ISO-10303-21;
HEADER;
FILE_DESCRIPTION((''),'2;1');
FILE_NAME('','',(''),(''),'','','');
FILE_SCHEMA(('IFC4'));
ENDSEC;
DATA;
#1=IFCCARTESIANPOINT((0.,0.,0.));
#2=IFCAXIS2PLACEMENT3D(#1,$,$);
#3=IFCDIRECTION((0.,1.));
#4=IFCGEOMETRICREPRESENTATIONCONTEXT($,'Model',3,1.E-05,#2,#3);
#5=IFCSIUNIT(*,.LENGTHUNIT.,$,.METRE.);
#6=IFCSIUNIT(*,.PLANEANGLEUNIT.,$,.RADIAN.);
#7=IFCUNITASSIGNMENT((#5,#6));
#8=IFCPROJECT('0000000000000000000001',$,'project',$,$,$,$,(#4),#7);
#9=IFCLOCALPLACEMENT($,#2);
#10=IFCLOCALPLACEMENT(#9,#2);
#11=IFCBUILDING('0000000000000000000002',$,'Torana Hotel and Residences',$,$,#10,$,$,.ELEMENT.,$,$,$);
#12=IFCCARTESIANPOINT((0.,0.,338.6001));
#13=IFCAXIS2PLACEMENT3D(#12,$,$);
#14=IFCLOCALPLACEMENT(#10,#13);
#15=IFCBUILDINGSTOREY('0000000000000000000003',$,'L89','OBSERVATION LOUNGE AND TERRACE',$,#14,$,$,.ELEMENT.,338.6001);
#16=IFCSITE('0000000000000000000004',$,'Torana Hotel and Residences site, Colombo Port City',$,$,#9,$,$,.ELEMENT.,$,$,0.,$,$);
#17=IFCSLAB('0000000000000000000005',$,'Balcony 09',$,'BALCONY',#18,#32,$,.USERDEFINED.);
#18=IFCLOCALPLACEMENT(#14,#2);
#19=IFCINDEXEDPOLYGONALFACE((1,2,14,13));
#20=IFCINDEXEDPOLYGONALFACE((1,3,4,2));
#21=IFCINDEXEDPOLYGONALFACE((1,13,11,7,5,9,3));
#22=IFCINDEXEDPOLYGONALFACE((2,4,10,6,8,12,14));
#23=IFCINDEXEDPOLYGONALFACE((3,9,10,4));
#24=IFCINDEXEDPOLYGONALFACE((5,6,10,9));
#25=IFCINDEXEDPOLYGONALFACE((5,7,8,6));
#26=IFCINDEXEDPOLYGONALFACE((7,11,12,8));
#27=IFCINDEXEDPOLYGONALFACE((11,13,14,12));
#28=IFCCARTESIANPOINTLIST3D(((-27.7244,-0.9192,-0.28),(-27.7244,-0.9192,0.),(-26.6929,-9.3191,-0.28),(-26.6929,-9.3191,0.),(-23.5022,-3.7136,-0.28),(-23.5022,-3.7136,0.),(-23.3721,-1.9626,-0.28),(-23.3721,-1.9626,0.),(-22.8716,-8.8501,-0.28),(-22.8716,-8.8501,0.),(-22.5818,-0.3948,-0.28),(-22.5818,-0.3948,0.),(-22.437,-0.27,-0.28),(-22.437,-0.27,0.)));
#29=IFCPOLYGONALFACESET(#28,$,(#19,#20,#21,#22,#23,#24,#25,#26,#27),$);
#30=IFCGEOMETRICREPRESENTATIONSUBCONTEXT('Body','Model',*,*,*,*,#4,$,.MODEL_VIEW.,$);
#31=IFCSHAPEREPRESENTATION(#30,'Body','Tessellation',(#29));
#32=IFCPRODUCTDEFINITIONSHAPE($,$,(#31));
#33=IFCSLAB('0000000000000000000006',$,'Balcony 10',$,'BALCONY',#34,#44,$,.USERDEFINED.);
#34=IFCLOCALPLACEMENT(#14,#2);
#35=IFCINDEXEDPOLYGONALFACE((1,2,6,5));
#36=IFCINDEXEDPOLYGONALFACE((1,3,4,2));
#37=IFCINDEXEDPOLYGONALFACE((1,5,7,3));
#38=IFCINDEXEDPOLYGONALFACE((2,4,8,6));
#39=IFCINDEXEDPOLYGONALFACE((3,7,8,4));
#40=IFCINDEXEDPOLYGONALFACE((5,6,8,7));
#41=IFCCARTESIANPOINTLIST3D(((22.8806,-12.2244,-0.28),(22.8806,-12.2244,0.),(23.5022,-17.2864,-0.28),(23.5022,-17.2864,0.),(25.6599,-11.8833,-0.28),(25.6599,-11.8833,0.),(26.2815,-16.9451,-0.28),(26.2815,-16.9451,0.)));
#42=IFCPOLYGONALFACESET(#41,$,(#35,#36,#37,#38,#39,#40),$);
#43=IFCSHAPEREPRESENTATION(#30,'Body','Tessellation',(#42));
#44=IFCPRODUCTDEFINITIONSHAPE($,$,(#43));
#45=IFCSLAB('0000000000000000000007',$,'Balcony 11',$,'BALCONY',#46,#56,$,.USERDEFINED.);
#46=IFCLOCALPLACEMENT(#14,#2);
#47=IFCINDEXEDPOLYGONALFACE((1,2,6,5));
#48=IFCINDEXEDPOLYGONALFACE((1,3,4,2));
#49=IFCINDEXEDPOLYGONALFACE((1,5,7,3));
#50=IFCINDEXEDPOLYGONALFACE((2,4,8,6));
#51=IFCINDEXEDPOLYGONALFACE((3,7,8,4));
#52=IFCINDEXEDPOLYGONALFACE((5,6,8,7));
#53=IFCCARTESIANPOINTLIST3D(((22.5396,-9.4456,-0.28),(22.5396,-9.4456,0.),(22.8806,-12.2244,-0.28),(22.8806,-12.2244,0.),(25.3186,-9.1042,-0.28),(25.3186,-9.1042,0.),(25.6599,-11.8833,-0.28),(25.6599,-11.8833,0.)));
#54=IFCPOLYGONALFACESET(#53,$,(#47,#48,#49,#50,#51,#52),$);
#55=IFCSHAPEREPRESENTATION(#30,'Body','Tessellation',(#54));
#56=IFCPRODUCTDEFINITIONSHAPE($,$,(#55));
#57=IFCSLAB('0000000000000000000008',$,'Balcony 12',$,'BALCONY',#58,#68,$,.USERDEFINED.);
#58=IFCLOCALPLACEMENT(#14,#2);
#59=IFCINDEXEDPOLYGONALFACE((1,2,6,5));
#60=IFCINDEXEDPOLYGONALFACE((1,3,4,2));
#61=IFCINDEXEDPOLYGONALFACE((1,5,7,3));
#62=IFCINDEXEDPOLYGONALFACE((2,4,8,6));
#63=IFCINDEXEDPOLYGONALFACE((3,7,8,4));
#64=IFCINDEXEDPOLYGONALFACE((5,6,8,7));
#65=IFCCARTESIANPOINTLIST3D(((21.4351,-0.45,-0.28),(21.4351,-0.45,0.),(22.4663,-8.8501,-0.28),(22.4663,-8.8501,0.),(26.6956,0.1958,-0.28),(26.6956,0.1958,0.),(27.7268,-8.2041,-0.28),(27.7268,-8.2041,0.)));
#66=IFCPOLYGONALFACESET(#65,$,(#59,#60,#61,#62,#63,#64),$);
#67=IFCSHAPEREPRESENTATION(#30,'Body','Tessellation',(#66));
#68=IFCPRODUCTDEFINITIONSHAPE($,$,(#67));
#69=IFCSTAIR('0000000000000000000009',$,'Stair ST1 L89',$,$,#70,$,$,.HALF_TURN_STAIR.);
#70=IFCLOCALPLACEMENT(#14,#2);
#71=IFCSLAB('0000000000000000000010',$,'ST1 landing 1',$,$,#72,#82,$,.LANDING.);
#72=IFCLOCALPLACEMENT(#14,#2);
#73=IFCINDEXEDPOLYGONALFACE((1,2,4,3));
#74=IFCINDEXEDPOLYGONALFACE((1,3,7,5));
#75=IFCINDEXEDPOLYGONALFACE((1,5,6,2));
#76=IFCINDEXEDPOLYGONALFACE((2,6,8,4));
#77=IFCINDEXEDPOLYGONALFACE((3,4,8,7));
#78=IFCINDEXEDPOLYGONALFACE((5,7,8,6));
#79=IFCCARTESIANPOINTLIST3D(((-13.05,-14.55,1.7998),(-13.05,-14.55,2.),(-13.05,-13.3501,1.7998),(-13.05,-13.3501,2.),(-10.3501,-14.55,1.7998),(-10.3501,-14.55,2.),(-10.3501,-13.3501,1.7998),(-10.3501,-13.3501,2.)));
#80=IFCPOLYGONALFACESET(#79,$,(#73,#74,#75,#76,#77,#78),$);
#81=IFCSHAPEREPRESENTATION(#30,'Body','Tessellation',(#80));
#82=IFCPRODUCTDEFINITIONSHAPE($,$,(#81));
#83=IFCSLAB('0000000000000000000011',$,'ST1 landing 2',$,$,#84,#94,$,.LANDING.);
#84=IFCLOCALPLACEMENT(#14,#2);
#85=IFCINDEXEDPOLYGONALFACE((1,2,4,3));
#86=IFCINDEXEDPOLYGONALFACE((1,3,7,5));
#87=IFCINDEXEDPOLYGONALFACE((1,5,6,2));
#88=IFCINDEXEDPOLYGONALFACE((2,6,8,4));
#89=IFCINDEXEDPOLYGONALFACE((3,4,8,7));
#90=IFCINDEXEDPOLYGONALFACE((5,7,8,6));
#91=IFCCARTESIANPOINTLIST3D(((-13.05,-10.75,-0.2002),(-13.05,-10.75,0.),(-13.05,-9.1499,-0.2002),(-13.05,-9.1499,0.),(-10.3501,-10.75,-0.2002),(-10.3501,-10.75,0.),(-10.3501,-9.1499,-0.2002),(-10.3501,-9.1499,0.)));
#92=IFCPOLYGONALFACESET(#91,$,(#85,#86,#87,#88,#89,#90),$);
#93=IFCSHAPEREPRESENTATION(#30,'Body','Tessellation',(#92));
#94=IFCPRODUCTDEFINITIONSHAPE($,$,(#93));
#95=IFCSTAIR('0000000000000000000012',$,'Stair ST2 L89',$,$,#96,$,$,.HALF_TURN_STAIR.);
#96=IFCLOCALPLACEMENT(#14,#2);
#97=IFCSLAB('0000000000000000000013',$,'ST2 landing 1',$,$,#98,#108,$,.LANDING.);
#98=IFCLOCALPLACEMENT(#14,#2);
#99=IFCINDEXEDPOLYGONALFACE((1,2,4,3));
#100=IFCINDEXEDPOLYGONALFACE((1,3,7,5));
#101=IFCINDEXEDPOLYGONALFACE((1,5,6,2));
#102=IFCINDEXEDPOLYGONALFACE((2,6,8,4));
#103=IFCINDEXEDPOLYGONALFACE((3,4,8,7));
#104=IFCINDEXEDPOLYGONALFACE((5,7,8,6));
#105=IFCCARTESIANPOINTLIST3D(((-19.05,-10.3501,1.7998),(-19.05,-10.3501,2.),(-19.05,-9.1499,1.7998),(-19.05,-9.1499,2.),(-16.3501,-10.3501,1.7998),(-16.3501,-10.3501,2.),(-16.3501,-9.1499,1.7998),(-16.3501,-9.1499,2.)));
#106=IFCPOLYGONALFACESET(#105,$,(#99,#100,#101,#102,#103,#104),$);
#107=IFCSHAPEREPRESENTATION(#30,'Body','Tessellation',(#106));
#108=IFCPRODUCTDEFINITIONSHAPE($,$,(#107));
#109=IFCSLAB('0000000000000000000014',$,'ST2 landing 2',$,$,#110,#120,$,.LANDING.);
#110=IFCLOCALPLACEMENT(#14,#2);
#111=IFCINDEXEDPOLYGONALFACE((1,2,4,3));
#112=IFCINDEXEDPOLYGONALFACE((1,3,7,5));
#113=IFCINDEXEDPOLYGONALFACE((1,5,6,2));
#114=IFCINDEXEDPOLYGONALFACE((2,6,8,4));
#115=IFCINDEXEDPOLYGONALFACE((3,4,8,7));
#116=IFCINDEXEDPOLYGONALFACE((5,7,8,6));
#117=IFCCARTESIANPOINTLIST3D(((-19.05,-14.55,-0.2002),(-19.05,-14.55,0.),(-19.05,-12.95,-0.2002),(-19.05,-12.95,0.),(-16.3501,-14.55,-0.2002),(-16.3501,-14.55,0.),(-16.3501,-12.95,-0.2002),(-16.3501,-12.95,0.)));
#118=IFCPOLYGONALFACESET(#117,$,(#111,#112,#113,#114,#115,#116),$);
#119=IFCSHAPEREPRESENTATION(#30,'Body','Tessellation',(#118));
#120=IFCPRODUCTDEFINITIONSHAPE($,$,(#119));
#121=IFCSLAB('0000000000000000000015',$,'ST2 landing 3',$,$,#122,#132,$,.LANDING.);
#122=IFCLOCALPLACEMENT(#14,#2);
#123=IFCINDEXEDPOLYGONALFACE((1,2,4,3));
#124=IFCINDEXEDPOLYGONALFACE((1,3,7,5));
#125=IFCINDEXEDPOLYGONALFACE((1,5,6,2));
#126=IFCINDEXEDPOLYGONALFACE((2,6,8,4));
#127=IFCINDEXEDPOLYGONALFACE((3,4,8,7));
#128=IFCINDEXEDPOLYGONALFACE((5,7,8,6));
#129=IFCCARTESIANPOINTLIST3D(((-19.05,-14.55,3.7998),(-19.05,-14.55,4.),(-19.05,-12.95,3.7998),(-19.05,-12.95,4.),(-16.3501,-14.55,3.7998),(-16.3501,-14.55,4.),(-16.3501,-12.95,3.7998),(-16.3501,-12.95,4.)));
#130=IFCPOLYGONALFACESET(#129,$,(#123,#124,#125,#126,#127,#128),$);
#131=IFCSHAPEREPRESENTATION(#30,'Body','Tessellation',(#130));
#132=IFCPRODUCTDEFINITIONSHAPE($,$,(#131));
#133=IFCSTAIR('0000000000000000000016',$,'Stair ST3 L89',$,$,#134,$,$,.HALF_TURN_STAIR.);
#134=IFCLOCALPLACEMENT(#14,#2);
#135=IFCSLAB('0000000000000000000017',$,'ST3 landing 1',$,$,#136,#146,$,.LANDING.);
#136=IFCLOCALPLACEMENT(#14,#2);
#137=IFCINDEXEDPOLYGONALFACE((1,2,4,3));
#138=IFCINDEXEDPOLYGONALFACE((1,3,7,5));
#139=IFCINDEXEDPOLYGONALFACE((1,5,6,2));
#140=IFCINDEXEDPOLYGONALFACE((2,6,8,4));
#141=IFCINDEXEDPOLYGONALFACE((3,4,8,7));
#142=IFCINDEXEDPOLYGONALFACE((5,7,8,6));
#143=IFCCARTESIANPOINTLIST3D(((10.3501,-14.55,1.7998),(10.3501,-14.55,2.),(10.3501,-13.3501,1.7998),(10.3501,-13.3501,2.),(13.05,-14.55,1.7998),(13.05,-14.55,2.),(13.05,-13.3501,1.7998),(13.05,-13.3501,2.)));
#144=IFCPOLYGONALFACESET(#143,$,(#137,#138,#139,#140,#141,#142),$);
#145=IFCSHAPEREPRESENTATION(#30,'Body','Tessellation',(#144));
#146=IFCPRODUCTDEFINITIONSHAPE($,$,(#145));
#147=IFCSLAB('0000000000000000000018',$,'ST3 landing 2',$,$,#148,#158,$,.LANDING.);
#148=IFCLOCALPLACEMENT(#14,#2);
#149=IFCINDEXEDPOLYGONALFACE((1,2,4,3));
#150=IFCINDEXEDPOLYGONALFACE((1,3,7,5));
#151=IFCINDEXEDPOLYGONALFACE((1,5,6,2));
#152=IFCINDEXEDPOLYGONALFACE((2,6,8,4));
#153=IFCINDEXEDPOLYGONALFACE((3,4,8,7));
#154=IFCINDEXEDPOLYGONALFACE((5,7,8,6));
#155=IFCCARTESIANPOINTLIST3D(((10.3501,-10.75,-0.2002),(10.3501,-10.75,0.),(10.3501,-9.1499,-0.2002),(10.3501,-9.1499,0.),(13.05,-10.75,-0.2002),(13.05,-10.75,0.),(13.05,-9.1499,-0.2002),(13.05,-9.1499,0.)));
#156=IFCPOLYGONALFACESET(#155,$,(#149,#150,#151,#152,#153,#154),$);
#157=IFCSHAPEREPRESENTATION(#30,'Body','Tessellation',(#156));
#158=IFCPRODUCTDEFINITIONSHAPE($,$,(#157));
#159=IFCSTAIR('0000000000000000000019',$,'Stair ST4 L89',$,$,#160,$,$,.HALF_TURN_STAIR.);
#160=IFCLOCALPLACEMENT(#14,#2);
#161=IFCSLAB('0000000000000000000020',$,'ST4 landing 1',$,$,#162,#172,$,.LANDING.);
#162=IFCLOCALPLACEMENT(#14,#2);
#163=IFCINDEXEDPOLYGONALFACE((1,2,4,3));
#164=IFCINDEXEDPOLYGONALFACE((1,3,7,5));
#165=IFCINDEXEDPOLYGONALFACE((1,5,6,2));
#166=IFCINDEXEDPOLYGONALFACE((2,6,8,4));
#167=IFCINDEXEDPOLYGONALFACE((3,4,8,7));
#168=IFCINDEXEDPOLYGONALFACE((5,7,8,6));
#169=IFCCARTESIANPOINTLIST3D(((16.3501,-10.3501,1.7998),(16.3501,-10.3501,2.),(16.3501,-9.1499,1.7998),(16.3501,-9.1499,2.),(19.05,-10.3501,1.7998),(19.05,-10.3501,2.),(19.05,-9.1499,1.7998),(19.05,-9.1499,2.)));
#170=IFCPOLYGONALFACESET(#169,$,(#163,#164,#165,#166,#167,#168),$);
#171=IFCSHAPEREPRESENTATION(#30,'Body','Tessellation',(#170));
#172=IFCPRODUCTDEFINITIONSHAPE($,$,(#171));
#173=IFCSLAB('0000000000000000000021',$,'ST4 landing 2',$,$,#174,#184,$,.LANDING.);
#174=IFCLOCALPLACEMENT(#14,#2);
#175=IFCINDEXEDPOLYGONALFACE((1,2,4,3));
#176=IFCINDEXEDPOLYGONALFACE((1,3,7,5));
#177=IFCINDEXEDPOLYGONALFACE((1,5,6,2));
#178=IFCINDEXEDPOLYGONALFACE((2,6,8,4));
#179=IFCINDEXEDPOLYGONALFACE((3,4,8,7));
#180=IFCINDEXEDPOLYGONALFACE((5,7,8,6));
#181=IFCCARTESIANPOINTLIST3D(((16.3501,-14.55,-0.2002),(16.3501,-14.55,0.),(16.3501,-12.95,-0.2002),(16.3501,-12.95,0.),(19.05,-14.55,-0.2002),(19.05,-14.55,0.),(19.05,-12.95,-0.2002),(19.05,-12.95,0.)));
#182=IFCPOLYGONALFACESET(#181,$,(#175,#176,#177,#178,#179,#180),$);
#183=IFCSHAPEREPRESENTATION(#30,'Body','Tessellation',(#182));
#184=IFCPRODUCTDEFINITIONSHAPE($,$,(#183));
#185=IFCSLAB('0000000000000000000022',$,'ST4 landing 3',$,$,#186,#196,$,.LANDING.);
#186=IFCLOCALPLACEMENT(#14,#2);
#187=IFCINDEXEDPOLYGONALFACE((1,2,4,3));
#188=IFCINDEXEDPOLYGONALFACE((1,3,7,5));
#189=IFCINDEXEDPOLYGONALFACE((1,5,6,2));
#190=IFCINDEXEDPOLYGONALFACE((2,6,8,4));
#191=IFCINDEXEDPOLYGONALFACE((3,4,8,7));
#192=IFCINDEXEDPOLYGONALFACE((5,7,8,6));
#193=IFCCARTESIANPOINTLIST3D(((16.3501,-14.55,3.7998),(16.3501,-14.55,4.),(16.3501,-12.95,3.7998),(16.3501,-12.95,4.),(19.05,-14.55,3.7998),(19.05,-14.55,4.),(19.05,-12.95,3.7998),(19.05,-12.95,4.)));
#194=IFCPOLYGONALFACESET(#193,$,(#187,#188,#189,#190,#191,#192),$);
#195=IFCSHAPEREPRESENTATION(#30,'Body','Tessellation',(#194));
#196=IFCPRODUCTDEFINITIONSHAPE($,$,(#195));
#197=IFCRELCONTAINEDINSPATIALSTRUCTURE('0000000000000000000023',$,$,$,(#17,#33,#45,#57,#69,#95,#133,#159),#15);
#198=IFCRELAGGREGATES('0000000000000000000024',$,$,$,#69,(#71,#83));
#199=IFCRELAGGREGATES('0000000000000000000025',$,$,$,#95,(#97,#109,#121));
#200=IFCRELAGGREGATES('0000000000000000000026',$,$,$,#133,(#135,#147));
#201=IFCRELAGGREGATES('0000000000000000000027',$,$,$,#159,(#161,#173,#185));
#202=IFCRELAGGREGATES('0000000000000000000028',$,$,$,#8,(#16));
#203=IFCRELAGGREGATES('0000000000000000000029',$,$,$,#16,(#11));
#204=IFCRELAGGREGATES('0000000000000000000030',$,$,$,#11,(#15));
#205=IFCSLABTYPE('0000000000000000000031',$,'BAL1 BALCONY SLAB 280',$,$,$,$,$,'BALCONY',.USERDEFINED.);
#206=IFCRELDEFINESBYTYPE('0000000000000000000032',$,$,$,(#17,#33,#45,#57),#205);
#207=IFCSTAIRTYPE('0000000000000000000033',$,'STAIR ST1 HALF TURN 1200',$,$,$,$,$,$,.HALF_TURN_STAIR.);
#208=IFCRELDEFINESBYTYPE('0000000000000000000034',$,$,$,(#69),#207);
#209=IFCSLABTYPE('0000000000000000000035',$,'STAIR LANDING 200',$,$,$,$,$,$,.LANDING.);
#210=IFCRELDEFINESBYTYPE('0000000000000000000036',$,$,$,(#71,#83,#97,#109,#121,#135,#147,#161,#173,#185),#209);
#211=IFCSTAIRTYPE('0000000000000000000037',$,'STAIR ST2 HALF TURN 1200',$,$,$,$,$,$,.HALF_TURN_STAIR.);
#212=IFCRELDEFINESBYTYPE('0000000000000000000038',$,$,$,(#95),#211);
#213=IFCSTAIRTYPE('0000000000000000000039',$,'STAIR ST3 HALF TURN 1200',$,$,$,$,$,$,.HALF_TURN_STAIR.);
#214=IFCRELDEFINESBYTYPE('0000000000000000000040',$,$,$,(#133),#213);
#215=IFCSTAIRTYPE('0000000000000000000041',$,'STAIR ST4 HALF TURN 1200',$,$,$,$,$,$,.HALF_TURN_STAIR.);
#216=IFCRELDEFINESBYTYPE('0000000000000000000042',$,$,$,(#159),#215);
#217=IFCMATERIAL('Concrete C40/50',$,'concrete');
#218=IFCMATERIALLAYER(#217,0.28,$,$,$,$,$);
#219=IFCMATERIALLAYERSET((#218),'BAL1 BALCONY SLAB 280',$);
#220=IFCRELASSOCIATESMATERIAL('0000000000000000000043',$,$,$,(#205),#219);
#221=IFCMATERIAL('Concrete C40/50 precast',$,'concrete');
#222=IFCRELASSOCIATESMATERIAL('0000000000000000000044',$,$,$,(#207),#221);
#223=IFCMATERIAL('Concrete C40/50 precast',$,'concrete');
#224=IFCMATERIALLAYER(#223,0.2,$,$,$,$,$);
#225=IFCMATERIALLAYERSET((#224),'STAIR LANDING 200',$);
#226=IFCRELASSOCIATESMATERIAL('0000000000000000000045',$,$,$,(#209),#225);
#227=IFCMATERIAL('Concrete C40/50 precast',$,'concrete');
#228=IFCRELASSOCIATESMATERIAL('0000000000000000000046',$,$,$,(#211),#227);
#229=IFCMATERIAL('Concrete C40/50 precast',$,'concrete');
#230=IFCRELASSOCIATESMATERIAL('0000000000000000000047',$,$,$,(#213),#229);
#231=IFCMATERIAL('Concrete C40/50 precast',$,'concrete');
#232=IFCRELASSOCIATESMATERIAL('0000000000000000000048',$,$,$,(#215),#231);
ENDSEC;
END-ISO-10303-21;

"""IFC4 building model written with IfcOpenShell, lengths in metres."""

from ifc_helpers import new_model, si_unit, direction, frame, origin, place, context, subcontext, project, spatial, polyline, outline, extrude, material, layer, layer_set, type_object, element, aggregate, save


model = new_model("IFC4")

# Units and contexts
model_context = context("Model", 3, precision=1e-05, world=origin(), true_north=direction((0.0, 1.0)))
body_context = subcontext(model_context, "Body", "Model", "MODEL_VIEW")
ifc_project = project(units=[si_unit("LENGTHUNIT", "METRE"), si_unit("PLANEANGLEUNIT", "RADIAN")], contexts=[model_context])

# Site, building, storey
site_placement = place(None, origin())
site = spatial("IfcSite", under=ifc_project, at=site_placement, Name="Torana Hotel and Residences site, Colombo Port City", CompositionType="ELEMENT", RefElevation=0.0)
building_placement = place(site_placement, origin())
building = spatial("IfcBuilding", under=site, at=building_placement, Name="Torana Hotel and Residences", CompositionType="ELEMENT")
storey_placement = place(building_placement, frame((0.0, 0.0, 338.6001)))
storey = spatial("IfcBuildingStorey", under=building, at=storey_placement, Name="L89", Description="OBSERVATION LOUNGE AND TERRACE", CompositionType="ELEMENT", Elevation=338.6001)

# Slabs
ifc_material_1 = material(Name="Concrete C40/50", Category="concrete")
ifc_layer_1 = layer(ifc_material_1, 0.28)
ifc_layer_set_1 = layer_set([ifc_layer_1], Name="BAL1 BALCONY SLAB 280")
slab_type_1 = type_object("IfcSlabType", Name="BAL1 BALCONY SLAB 280", ElementType="BALCONY", PredefinedType="USERDEFINED", material=ifc_layer_set_1)
slab_1_placement = place(storey_placement, frame((0.0, 0.0, -0.28)))
element("IfcSlab", 1, at=slab_1_placement, inside=storey, type_object=slab_type_1, Name="Balcony 09", ObjectType="BALCONY", PredefinedType="USERDEFINED", context=body_context, shape_type="SweptSolid", body=[
    extrude(outline(polyline([(-26.6929, -9.3191), (-22.8716, -8.8501), (-23.5022, -3.7136), (-23.3721, -1.9626), (-22.5818, -0.3948), (-22.437, -0.27), (-27.7244, -0.9192), (-26.6929, -9.3191)])), origin(), (0.0, 0.0, 1.0), 0.28),
])
slab_2_placement = place(storey_placement, frame((0.0, 0.0, -0.28)))
element("IfcSlab", 2, at=slab_2_placement, inside=storey, type_object=slab_type_1, Name="Balcony 10", ObjectType="BALCONY", PredefinedType="USERDEFINED", context=body_context, shape_type="SweptSolid", body=[
    extrude(outline(polyline([(23.5022, -17.2864), (26.2815, -16.9451), (25.6599, -11.8833), (22.8806, -12.2244), (23.5022, -17.2864)])), origin(), (0.0, 0.0, 1.0), 0.28),
])
slab_3_placement = place(storey_placement, frame((0.0, 0.0, -0.28)))
element("IfcSlab", 3, at=slab_3_placement, inside=storey, type_object=slab_type_1, Name="Balcony 11", ObjectType="BALCONY", PredefinedType="USERDEFINED", context=body_context, shape_type="SweptSolid", body=[
    extrude(outline(polyline([(22.8806, -12.2244), (25.6599, -11.8833), (25.3186, -9.1042), (22.5396, -9.4456), (22.8806, -12.2244)])), origin(), (0.0, 0.0, 1.0), 0.28),
])
slab_4_placement = place(storey_placement, frame((0.0, 0.0, -0.28)))
element("IfcSlab", 4, at=slab_4_placement, inside=storey, type_object=slab_type_1, Name="Balcony 12", ObjectType="BALCONY", PredefinedType="USERDEFINED", context=body_context, shape_type="SweptSolid", body=[
    extrude(outline(polyline([(22.4663, -8.8501), (27.7268, -8.2041), (26.6956, 0.1958), (21.4351, -0.45), (22.4663, -8.8501)])), origin(), (0.0, 0.0, 1.0), 0.28),
])

# Stairs, slabs
ifc_material_2 = material(Name="Concrete C40/50 precast", Category="concrete")
stair_type_1 = type_object("IfcStairType", Name="STAIR ST1 HALF TURN 1200", PredefinedType="HALF_TURN_STAIR", material=ifc_material_2)
stair_1_placement = place(storey_placement, origin())
stair_1 = element("IfcStair", 5, at=stair_1_placement, inside=storey, type_object=stair_type_1, Name="Stair ST1 L89", PredefinedType="HALF_TURN_STAIR")
ifc_material_3 = material(Name="Concrete C40/50 precast", Category="concrete")
ifc_layer_2 = layer(ifc_material_3, 0.2)
ifc_layer_set_2 = layer_set([ifc_layer_2], Name="STAIR LANDING 200")
slab_type_2 = type_object("IfcSlabType", Name="STAIR LANDING 200", PredefinedType="LANDING", material=ifc_layer_set_2)
slab_5_placement = place(storey_placement, frame((0.0, 0.0, 1.7998)))
slab_5 = element("IfcSlab", 6, at=slab_5_placement, type_object=slab_type_2, Name="ST1 landing 1", PredefinedType="LANDING", context=body_context, shape_type="SweptSolid", body=[
    extrude(outline(polyline([(-13.05, -14.55), (-10.3501, -14.55), (-10.3501, -13.3501), (-13.05, -13.3501), (-13.05, -14.55)])), origin(), (0.0, 0.0, 1.0), 0.2002),
])
slab_6_placement = place(storey_placement, frame((0.0, 0.0, -0.2002)))
slab_6 = element("IfcSlab", 7, at=slab_6_placement, type_object=slab_type_2, Name="ST1 landing 2", PredefinedType="LANDING", context=body_context, shape_type="SweptSolid", body=[
    extrude(outline(polyline([(-13.05, -10.75), (-10.3501, -10.75), (-10.3501, -9.1499), (-13.05, -9.1499), (-13.05, -10.75)])), origin(), (0.0, 0.0, 1.0), 0.2002),
])
aggregate(stair_1, [slab_5, slab_6])
ifc_material_4 = material(Name="Concrete C40/50 precast", Category="concrete")
stair_type_2 = type_object("IfcStairType", Name="STAIR ST2 HALF TURN 1200", PredefinedType="HALF_TURN_STAIR", material=ifc_material_4)
stair_2_placement = place(storey_placement, origin())
stair_2 = element("IfcStair", 8, at=stair_2_placement, inside=storey, type_object=stair_type_2, Name="Stair ST2 L89", PredefinedType="HALF_TURN_STAIR")
slab_7_placement = place(storey_placement, frame((0.0, 0.0, 1.7998)))
slab_7 = element("IfcSlab", 9, at=slab_7_placement, type_object=slab_type_2, Name="ST2 landing 1", PredefinedType="LANDING", context=body_context, shape_type="SweptSolid", body=[
    extrude(outline(polyline([(-19.05, -10.3501), (-16.3501, -10.3501), (-16.3501, -9.1499), (-19.05, -9.1499), (-19.05, -10.3501)])), origin(), (0.0, 0.0, 1.0), 0.2002),
])
slab_8_placement = place(storey_placement, frame((0.0, 0.0, -0.2002)))
slab_8 = element("IfcSlab", 10, at=slab_8_placement, type_object=slab_type_2, Name="ST2 landing 2", PredefinedType="LANDING", context=body_context, shape_type="SweptSolid", body=[
    extrude(outline(polyline([(-19.05, -14.55), (-16.3501, -14.55), (-16.3501, -12.95), (-19.05, -12.95), (-19.05, -14.55)])), origin(), (0.0, 0.0, 1.0), 0.2002),
])
slab_9_placement = place(storey_placement, frame((0.0, 0.0, 3.7998)))
slab_9 = element("IfcSlab", 11, at=slab_9_placement, type_object=slab_type_2, Name="ST2 landing 3", PredefinedType="LANDING", context=body_context, shape_type="SweptSolid", body=[
    extrude(outline(polyline([(-19.05, -14.55), (-16.3501, -14.55), (-16.3501, -12.95), (-19.05, -12.95), (-19.05, -14.55)])), origin(), (0.0, 0.0, 1.0), 0.2002),
])
aggregate(stair_2, [slab_7, slab_8, slab_9])
ifc_material_5 = material(Name="Concrete C40/50 precast", Category="concrete")
stair_type_3 = type_object("IfcStairType", Name="STAIR ST3 HALF TURN 1200", PredefinedType="HALF_TURN_STAIR", material=ifc_material_5)
stair_3_placement = place(storey_placement, origin())
stair_3 = element("IfcStair", 12, at=stair_3_placement, inside=storey, type_object=stair_type_3, Name="Stair ST3 L89", PredefinedType="HALF_TURN_STAIR")
slab_10_placement = place(storey_placement, frame((0.0, 0.0, 1.7998)))
slab_10 = element("IfcSlab", 13, at=slab_10_placement, type_object=slab_type_2, Name="ST3 landing 1", PredefinedType="LANDING", context=body_context, shape_type="SweptSolid", body=[
    extrude(outline(polyline([(10.3501, -14.55), (13.05, -14.55), (13.05, -13.3501), (10.3501, -13.3501), (10.3501, -14.55)])), origin(), (0.0, 0.0, 1.0), 0.2002),
])
slab_11_placement = place(storey_placement, frame((0.0, 0.0, -0.2002)))
slab_11 = element("IfcSlab", 14, at=slab_11_placement, type_object=slab_type_2, Name="ST3 landing 2", PredefinedType="LANDING", context=body_context, shape_type="SweptSolid", body=[
    extrude(outline(polyline([(10.3501, -10.75), (13.05, -10.75), (13.05, -9.1499), (10.3501, -9.1499), (10.3501, -10.75)])), origin(), (0.0, 0.0, 1.0), 0.2002),
])
aggregate(stair_3, [slab_10, slab_11])
ifc_material_6 = material(Name="Concrete C40/50 precast", Category="concrete")
stair_type_4 = type_object("IfcStairType", Name="STAIR ST4 HALF TURN 1200", PredefinedType="HALF_TURN_STAIR", material=ifc_material_6)
stair_4_placement = place(storey_placement, origin())
stair_4 = element("IfcStair", 15, at=stair_4_placement, inside=storey, type_object=stair_type_4, Name="Stair ST4 L89", PredefinedType="HALF_TURN_STAIR")
slab_12_placement = place(storey_placement, frame((0.0, 0.0, 1.7998)))
slab_12 = element("IfcSlab", 16, at=slab_12_placement, type_object=slab_type_2, Name="ST4 landing 1", PredefinedType="LANDING", context=body_context, shape_type="SweptSolid", body=[
    extrude(outline(polyline([(16.3501, -10.3501), (19.05, -10.3501), (19.05, -9.1499), (16.3501, -9.1499), (16.3501, -10.3501)])), origin(), (0.0, 0.0, 1.0), 0.2002),
])
slab_13_placement = place(storey_placement, frame((0.0, 0.0, -0.2002)))
slab_13 = element("IfcSlab", 17, at=slab_13_placement, type_object=slab_type_2, Name="ST4 landing 2", PredefinedType="LANDING", context=body_context, shape_type="SweptSolid", body=[
    extrude(outline(polyline([(16.3501, -14.55), (19.05, -14.55), (19.05, -12.95), (16.3501, -12.95), (16.3501, -14.55)])), origin(), (0.0, 0.0, 1.0), 0.2002),
])
slab_14_placement = place(storey_placement, frame((0.0, 0.0, 3.7998)))
slab_14 = element("IfcSlab", 18, at=slab_14_placement, type_object=slab_type_2, Name="ST4 landing 3", PredefinedType="LANDING", context=body_context, shape_type="SweptSolid", body=[
    extrude(outline(polyline([(16.3501, -14.55), (19.05, -14.55), (19.05, -12.95), (16.3501, -12.95), (16.3501, -14.55)])), origin(), (0.0, 0.0, 1.0), 0.2002),
])
aggregate(stair_4, [slab_12, slab_13, slab_14])

save(model, "model.ifc")
